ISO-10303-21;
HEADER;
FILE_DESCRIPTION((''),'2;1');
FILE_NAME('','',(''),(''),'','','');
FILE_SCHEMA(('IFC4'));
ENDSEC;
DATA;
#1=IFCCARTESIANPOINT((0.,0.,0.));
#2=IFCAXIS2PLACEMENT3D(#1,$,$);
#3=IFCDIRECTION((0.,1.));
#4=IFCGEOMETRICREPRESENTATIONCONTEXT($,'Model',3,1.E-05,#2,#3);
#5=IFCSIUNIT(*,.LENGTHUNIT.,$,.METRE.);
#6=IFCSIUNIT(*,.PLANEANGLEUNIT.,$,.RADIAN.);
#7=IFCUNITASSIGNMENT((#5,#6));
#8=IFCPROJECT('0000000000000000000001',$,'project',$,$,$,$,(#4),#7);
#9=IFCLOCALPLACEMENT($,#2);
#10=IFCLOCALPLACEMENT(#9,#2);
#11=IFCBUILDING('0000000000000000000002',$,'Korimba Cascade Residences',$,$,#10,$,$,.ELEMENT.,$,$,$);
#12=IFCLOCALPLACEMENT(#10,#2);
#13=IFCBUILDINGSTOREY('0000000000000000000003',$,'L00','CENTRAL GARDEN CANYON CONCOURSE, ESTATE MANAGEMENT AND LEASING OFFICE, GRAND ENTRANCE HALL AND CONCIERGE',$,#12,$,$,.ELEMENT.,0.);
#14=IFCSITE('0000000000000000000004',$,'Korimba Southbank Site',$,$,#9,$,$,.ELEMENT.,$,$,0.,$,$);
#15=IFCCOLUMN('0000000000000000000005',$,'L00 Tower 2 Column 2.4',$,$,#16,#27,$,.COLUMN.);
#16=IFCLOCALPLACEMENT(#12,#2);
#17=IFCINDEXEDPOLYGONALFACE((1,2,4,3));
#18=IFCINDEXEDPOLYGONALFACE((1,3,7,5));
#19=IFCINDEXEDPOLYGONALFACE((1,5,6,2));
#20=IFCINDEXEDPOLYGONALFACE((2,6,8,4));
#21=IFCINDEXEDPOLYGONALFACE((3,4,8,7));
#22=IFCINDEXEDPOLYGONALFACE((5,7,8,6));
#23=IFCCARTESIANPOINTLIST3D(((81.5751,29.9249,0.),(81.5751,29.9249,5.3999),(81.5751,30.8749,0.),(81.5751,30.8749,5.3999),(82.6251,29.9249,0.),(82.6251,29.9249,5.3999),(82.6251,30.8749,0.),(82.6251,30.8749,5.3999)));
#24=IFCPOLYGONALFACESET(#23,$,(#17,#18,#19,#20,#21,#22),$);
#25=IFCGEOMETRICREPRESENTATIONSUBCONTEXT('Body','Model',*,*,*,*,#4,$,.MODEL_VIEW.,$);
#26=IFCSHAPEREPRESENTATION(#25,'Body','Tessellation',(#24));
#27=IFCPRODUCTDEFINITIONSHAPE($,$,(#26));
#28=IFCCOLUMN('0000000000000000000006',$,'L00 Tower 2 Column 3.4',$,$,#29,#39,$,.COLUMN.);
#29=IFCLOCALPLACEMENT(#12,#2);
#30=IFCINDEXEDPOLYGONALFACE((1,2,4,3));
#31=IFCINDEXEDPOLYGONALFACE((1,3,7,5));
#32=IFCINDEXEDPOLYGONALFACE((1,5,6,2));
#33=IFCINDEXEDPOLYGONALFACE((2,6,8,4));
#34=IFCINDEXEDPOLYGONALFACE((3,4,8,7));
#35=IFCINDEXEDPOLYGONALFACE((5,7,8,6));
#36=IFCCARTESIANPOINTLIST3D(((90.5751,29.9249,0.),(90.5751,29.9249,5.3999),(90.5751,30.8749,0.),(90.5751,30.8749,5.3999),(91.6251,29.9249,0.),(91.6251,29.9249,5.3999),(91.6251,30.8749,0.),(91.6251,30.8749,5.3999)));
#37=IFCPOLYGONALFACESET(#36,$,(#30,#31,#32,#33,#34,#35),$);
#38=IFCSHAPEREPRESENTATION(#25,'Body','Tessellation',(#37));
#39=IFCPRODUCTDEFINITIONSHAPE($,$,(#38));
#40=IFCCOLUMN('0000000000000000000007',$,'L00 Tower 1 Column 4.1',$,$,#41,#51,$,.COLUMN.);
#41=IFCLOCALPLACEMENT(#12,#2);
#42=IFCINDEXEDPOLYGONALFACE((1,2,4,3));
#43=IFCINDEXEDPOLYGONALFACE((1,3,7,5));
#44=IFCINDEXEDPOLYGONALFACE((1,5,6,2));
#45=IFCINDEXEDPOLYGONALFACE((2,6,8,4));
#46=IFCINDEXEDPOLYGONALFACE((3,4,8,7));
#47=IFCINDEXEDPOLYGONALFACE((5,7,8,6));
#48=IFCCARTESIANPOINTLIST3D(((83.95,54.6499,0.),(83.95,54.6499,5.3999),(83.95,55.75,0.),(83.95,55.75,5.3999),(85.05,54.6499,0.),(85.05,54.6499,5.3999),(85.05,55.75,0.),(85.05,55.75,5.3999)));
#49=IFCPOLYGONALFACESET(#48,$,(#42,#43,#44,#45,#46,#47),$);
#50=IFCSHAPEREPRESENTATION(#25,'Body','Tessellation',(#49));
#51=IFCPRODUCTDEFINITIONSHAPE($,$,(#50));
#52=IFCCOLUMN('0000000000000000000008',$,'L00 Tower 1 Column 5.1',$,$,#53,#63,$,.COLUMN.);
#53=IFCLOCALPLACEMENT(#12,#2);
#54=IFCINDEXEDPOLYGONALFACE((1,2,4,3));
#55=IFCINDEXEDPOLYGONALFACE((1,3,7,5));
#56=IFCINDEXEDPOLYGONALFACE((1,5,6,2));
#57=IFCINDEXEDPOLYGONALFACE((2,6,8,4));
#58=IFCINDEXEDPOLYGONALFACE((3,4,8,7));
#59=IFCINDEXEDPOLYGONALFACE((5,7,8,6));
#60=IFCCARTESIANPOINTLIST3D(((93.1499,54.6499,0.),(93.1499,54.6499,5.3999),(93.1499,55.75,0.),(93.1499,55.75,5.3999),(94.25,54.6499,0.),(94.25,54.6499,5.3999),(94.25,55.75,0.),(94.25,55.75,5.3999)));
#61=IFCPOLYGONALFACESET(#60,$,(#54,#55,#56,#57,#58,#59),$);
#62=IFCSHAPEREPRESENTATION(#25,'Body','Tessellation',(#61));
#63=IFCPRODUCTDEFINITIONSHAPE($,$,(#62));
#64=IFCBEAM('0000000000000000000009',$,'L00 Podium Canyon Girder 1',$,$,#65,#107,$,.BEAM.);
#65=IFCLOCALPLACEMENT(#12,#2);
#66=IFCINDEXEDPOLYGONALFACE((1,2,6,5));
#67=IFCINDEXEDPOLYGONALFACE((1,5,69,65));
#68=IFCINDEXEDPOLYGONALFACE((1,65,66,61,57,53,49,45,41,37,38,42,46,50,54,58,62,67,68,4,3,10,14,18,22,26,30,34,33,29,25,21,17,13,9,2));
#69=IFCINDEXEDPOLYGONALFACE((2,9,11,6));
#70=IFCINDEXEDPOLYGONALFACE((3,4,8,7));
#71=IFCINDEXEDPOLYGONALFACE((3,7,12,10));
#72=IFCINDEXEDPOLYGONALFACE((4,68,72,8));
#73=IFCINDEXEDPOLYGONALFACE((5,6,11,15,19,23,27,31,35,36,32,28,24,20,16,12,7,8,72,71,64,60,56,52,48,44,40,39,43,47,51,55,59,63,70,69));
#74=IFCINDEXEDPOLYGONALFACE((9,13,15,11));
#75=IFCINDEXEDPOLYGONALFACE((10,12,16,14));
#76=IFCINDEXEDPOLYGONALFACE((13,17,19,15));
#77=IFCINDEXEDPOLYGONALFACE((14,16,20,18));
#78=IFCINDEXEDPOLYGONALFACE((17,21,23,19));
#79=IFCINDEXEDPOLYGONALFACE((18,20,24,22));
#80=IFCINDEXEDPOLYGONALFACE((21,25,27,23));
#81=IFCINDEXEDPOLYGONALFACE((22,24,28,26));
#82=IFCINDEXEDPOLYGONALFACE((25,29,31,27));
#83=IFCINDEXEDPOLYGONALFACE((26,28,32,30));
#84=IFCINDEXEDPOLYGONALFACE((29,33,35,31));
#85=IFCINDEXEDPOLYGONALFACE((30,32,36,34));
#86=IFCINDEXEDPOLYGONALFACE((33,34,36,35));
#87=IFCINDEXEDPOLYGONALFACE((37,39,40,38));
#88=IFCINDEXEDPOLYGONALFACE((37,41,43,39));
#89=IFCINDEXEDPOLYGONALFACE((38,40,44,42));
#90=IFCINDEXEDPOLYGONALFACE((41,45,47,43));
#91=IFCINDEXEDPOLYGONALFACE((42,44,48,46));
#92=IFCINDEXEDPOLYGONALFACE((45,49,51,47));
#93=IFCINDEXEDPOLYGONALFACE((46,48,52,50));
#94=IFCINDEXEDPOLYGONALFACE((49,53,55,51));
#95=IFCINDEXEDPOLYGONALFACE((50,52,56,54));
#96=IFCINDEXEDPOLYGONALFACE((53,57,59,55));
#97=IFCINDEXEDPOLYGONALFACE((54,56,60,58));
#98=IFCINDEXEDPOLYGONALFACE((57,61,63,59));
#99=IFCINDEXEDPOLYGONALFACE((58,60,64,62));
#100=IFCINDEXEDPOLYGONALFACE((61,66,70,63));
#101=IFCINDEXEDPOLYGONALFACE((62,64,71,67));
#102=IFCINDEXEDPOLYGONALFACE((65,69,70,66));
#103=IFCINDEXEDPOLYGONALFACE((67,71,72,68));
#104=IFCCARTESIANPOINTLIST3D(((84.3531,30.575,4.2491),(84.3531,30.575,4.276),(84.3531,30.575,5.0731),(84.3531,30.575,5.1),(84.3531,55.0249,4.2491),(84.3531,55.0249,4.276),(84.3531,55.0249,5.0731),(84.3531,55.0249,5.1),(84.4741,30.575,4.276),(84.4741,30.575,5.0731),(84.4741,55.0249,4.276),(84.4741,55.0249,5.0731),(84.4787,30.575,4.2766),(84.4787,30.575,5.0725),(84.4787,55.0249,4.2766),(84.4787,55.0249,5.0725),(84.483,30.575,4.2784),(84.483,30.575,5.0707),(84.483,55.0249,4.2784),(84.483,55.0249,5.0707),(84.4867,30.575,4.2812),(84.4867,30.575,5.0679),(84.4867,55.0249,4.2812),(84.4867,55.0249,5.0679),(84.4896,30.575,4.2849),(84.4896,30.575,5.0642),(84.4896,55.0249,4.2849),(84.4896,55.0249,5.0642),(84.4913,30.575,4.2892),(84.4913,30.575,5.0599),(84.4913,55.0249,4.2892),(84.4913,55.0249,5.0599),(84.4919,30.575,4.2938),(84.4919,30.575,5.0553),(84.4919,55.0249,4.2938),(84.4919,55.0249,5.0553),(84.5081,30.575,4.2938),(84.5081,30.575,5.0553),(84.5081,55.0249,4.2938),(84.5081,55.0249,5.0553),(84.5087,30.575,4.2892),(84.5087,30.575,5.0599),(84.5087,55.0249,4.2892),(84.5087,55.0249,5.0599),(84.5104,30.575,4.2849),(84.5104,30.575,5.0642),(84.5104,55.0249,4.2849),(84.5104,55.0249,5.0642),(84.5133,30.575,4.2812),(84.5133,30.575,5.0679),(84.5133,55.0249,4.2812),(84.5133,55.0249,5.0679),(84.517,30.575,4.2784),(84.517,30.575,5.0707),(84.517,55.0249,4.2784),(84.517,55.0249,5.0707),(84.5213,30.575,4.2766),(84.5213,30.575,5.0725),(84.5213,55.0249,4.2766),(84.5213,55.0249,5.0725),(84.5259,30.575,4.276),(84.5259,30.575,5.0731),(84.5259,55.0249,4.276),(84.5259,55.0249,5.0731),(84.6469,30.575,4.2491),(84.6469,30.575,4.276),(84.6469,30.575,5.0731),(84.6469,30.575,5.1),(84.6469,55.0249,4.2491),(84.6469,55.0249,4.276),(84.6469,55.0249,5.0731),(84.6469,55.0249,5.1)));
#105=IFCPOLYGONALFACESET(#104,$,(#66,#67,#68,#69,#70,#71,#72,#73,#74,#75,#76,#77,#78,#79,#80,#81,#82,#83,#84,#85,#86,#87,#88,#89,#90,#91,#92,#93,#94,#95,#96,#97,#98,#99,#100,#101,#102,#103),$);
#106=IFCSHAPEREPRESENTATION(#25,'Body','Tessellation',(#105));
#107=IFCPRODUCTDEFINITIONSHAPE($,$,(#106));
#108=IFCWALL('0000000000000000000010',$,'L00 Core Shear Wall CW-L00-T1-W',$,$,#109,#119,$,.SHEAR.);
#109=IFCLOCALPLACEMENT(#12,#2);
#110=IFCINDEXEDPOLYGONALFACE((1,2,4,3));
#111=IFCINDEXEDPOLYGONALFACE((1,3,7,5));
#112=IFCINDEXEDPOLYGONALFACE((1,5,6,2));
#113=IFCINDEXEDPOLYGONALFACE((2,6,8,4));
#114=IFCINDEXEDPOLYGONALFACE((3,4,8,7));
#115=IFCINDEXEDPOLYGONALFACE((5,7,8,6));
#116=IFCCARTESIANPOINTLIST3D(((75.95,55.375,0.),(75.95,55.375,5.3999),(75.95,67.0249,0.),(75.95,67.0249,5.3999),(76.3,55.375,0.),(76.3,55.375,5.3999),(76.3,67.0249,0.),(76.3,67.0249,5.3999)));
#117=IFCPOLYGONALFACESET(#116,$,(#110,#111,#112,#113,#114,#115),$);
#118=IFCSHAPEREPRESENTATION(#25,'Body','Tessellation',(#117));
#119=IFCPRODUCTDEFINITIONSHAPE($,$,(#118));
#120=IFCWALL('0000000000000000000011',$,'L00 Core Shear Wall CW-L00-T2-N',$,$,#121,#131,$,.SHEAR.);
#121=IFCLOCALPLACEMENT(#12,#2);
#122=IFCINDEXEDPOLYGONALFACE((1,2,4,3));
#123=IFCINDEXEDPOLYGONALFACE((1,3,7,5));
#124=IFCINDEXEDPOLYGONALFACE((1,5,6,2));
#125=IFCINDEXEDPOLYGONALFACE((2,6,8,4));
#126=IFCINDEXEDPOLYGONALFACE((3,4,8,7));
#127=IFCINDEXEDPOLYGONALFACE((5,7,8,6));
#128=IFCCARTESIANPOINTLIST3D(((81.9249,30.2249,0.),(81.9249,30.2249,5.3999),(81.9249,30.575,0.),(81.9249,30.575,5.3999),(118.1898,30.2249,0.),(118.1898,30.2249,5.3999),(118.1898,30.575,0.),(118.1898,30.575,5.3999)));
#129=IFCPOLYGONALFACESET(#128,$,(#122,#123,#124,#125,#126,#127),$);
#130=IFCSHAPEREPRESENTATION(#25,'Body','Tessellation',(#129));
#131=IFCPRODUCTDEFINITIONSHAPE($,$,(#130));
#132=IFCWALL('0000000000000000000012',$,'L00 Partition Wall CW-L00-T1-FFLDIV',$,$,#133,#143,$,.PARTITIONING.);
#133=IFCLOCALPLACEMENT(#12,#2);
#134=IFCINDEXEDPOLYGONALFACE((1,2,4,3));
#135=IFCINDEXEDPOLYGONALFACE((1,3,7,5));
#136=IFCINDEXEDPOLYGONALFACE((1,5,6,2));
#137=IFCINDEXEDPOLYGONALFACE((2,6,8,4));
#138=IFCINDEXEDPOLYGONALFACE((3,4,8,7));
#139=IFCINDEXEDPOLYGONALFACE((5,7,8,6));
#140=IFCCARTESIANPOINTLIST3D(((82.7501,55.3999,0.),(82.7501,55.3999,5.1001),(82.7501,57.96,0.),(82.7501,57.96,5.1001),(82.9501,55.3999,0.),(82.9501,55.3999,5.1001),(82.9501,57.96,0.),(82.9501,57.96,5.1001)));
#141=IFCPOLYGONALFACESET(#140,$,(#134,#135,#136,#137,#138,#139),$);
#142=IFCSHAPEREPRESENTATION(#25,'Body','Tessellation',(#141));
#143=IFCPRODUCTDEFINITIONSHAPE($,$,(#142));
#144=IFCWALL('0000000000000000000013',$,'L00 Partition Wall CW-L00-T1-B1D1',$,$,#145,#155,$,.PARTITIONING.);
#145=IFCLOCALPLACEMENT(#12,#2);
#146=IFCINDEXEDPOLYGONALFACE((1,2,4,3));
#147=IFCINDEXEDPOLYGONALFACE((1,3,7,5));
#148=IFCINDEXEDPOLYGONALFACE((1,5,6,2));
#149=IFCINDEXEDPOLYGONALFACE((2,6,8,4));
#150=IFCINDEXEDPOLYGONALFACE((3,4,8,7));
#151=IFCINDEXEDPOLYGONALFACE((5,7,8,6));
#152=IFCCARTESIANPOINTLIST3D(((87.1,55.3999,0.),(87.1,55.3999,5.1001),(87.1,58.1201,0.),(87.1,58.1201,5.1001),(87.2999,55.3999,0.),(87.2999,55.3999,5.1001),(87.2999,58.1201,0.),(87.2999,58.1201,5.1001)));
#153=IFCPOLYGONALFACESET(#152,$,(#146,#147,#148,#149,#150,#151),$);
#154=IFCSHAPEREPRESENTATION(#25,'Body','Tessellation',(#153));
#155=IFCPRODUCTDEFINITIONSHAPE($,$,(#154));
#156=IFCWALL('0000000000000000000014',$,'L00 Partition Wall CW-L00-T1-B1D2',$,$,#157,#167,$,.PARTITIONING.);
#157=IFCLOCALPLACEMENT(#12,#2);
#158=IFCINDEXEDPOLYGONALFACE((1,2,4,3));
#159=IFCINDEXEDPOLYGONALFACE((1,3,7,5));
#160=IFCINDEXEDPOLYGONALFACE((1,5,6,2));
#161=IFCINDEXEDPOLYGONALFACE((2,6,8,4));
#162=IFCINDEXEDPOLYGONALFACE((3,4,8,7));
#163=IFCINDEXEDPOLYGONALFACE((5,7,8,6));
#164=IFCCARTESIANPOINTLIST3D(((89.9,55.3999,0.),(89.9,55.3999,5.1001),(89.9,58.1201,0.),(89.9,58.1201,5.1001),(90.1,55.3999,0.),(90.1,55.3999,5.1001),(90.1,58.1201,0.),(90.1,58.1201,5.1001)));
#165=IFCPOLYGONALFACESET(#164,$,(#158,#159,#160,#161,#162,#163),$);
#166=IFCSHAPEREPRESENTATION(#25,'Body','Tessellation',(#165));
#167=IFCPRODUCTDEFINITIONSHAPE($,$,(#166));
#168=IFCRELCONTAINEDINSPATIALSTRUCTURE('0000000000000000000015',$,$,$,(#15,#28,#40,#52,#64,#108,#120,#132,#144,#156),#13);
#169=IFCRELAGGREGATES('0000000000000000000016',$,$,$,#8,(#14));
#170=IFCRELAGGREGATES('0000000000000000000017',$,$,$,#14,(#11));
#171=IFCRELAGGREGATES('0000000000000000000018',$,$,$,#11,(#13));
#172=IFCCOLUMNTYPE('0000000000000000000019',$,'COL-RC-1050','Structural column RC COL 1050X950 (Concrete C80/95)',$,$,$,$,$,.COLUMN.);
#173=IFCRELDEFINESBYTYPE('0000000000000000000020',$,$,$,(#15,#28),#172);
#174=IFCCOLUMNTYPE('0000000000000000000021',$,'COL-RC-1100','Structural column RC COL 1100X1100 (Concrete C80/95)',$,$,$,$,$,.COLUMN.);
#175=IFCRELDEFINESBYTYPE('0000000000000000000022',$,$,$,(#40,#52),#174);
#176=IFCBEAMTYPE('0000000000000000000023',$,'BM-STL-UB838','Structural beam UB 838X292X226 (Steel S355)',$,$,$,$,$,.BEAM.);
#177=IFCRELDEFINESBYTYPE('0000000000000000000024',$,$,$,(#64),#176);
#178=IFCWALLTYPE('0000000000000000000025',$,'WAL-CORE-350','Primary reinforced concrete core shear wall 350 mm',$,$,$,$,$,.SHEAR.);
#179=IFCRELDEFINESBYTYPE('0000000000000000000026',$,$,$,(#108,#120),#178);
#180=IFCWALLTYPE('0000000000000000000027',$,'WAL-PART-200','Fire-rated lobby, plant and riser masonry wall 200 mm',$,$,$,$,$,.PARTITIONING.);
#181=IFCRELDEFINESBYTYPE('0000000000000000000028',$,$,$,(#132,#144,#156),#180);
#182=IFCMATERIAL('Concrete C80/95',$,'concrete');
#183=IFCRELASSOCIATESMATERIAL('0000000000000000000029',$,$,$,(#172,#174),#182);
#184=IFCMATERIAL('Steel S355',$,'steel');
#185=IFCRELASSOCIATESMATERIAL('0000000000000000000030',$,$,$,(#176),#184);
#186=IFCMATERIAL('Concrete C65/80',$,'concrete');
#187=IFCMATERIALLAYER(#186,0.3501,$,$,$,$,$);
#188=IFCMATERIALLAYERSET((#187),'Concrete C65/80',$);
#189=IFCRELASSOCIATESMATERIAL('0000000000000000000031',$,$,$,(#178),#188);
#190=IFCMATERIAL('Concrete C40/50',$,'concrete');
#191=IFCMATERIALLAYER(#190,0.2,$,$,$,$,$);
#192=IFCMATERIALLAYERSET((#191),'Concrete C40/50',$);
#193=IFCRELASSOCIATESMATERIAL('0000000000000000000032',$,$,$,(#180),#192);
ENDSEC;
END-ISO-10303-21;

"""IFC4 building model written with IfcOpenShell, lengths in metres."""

from ifc_helpers import new_model, si_unit, direction, frame, frame_2d, origin, origin_2d, place, context, subcontext, project, spatial, rectangle, i_section, extrude, material, layer, layer_set, material_profile, profile_set, type_object, element, save


model = new_model("IFC4")

# Units and contexts
model_context = context("Model", 3, precision=1e-05, world=origin(), true_north=direction((0.0, 1.0)))
body_context = subcontext(model_context, "Body", "Model", "MODEL_VIEW")
ifc_project = project(units=[si_unit("LENGTHUNIT", "METRE"), si_unit("PLANEANGLEUNIT", "RADIAN")], contexts=[model_context])

# Site, building, storey
site_placement = place(None, origin())
site = spatial("IfcSite", under=ifc_project, at=site_placement, Name="Korimba Southbank Site", CompositionType="ELEMENT", RefElevation=0.0)
building_placement = place(site_placement, origin())
building = spatial("IfcBuilding", under=site, at=building_placement, Name="Korimba Cascade Residences", CompositionType="ELEMENT")
storey_placement = place(building_placement, origin())
storey = spatial("IfcBuildingStorey", under=building, at=storey_placement, Name="L00", Description="CENTRAL GARDEN CANYON CONCOURSE, ESTATE MANAGEMENT AND LEASING OFFICE, GRAND ENTRANCE HALL AND CONCIERGE", CompositionType="ELEMENT", Elevation=0.0)

# Columns
ifc_material_1 = material(Name="Concrete C80/95", Category="concrete")
ifc_material_profile_1 = material_profile(ifc_material_1, rectangle(XDim=1.05, YDim=0.95, at=origin_2d()), Name="Concrete C80/95")
ifc_profile_set_1 = profile_set([ifc_material_profile_1], Name="Concrete C80/95")
column_type_1 = type_object("IfcColumnType", Name="COL-RC-1050", Description="Structural column RC COL 1050X950 (Concrete C80/95)", PredefinedType="COLUMN", material=ifc_profile_set_1)
for number, where, z_axis, x_axis, name in (
    (1, (82.1001, 30.3999, 0.0), (0.0, 0.0, 1.0), (1.0, 0.0, 0.0), "L00 Tower 2 Column 2.4"),
    (2, (91.1001, 30.3999, 0.0), (0.0, 0.0, 1.0), (1.0, 0.0, 0.0), "L00 Tower 2 Column 3.4"),
):
    element("IfcColumn", number, at=place(storey_placement, frame(where, z_axis=z_axis, x_axis=x_axis)), inside=storey, type_object=column_type_1, Name=name, PredefinedType="COLUMN", context=body_context, shape_type="SweptSolid", body=[
        extrude(rectangle(XDim=1.05, YDim=0.95, at=origin_2d()), origin(), (0.0, 0.0, 1.0), 5.3999),
    ])
ifc_material_profile_2 = material_profile(ifc_material_1, rectangle(XDim=1.1001, YDim=1.1001, at=origin_2d()), Name="Concrete C80/95")
ifc_profile_set_2 = profile_set([ifc_material_profile_2], Name="Concrete C80/95")
column_type_2 = type_object("IfcColumnType", Name="COL-RC-1100", Description="Structural column RC COL 1100X1100 (Concrete C80/95)", PredefinedType="COLUMN", material=ifc_profile_set_2)
for number, where, z_axis, x_axis, name in (
    (3, (84.5, 55.2, 0.0), (0.0, 0.0, 1.0), (1.0, 0.0, 0.0), "L00 Tower 1 Column 4.1"),
    (4, (93.7, 55.2, 0.0), (0.0, 0.0, 1.0), (1.0, 0.0, 0.0), "L00 Tower 1 Column 5.1"),
):
    element("IfcColumn", number, at=place(storey_placement, frame(where, z_axis=z_axis, x_axis=x_axis)), inside=storey, type_object=column_type_2, Name=name, PredefinedType="COLUMN", context=body_context, shape_type="SweptSolid", body=[
        extrude(rectangle(XDim=1.1001, YDim=1.1001, at=origin_2d()), origin(), (0.0, 0.0, 1.0), 5.3999),
    ])

# Beam
ifc_material_2 = material(Name="Steel S355", Category="steel")
ifc_material_profile_3 = material_profile(ifc_material_2, i_section(OverallWidth=0.2937, OverallDepth=0.8508, WebThickness=0.0161, FlangeThickness=0.0269, FilletRadius=0.0178, at=origin_2d()), Name="Steel S355")
ifc_profile_set_3 = profile_set([ifc_material_profile_3], Name="Steel S355")
beam_type = type_object("IfcBeamType", Name="BM-STL-UB838", Description="Structural beam UB 838X292X226 (Steel S355)", PredefinedType="BEAM", material=ifc_profile_set_3)
beam_placement = place(storey_placement, frame((84.5, 30.575, 4.6746), z_axis=(0.0, 1.0, 0.0), x_axis=(-1.0, 0.0, 0.0)))
element("IfcBeam", 5, at=beam_placement, inside=storey, type_object=beam_type, Name="L00 Podium Canyon Girder 1", PredefinedType="BEAM", context=body_context, shape_type="SweptSolid", body=[
    extrude(i_section(OverallWidth=0.2937, OverallDepth=0.8508, WebThickness=0.0161, FlangeThickness=0.0269, FilletRadius=0.0178, at=origin_2d()), origin(), (0.0, 0.0, 1.0), 24.45),
])

# Walls
ifc_material_3 = material(Name="Concrete C65/80", Category="concrete")
ifc_layer_1 = layer(ifc_material_3, 0.3501)
ifc_layer_set_1 = layer_set([ifc_layer_1], Name="Concrete C65/80")
wall_type_1 = type_object("IfcWallType", Name="WAL-CORE-350", Description="Primary reinforced concrete core shear wall 350 mm", PredefinedType="SHEAR", material=ifc_layer_set_1)
wall_1_placement = place(storey_placement, frame((76.125, 55.375, 0.0), z_axis=(0.0, 0.0, 1.0), x_axis=(0.0, 1.0, 0.0)))
element("IfcWall", 6, at=wall_1_placement, inside=storey, type_object=wall_type_1, Name="L00 Core Shear Wall CW-L00-T1-W", PredefinedType="SHEAR", context=body_context, shape_type="SweptSolid", body=[
    extrude(rectangle(XDim=11.6499, YDim=0.3501, at=frame_2d((5.825, 0.0))), origin(), (0.0, 0.0, 1.0), 5.3999),
])
wall_2_placement = place(storey_placement, frame((81.925, 30.3999, 0.0), z_axis=(0.0, 0.0, 1.0), x_axis=(1.0, 0.0, 0.0)))
element("IfcWall", 7, at=wall_2_placement, inside=storey, type_object=wall_type_1, Name="L00 Core Shear Wall CW-L00-T2-N", PredefinedType="SHEAR", context=body_context, shape_type="SweptSolid", body=[
    extrude(rectangle(XDim=36.2649, YDim=0.3501, at=frame_2d((18.1323, 0.0))), origin(), (0.0, 0.0, 1.0), 5.3999),
])
ifc_material_4 = material(Name="Concrete C40/50", Category="concrete")
ifc_layer_2 = layer(ifc_material_4, 0.2)
ifc_layer_set_2 = layer_set([ifc_layer_2], Name="Concrete C40/50")
wall_type_2 = type_object("IfcWallType", Name="WAL-PART-200", Description="Fire-rated lobby, plant and riser masonry wall 200 mm", PredefinedType="PARTITIONING", material=ifc_layer_set_2)
wall_3_placement = place(storey_placement, frame((82.8501, 55.3999, 0.0), z_axis=(0.0, 0.0, 1.0), x_axis=(0.0, 1.0, 0.0)))
element("IfcWall", 8, at=wall_3_placement, inside=storey, type_object=wall_type_2, Name="L00 Partition Wall CW-L00-T1-FFLDIV", PredefinedType="PARTITIONING", context=body_context, shape_type="SweptSolid", body=[
    extrude(rectangle(XDim=2.5601, YDim=0.2, at=frame_2d((1.28, 0.0))), origin(), (0.0, 0.0, 1.0), 5.1001),
])
for number, where, z_axis, x_axis, name in (
    (9, (87.2, 55.3999, 0.0), (0.0, 0.0, 1.0), (0.0, 1.0, 0.0), "L00 Partition Wall CW-L00-T1-B1D1"),
    (10, (90.0, 55.3999, 0.0), (0.0, 0.0, 1.0), (0.0, 1.0, 0.0), "L00 Partition Wall CW-L00-T1-B1D2"),
):
    element("IfcWall", number, at=place(storey_placement, frame(where, z_axis=z_axis, x_axis=x_axis)), inside=storey, type_object=wall_type_2, Name=name, PredefinedType="PARTITIONING", context=body_context, shape_type="SweptSolid", body=[
        extrude(rectangle(XDim=2.7202, YDim=0.2, at=frame_2d((1.3601, 0.0))), origin(), (0.0, 0.0, 1.0), 5.1001),
    ])

save(model, "model.ifc")
